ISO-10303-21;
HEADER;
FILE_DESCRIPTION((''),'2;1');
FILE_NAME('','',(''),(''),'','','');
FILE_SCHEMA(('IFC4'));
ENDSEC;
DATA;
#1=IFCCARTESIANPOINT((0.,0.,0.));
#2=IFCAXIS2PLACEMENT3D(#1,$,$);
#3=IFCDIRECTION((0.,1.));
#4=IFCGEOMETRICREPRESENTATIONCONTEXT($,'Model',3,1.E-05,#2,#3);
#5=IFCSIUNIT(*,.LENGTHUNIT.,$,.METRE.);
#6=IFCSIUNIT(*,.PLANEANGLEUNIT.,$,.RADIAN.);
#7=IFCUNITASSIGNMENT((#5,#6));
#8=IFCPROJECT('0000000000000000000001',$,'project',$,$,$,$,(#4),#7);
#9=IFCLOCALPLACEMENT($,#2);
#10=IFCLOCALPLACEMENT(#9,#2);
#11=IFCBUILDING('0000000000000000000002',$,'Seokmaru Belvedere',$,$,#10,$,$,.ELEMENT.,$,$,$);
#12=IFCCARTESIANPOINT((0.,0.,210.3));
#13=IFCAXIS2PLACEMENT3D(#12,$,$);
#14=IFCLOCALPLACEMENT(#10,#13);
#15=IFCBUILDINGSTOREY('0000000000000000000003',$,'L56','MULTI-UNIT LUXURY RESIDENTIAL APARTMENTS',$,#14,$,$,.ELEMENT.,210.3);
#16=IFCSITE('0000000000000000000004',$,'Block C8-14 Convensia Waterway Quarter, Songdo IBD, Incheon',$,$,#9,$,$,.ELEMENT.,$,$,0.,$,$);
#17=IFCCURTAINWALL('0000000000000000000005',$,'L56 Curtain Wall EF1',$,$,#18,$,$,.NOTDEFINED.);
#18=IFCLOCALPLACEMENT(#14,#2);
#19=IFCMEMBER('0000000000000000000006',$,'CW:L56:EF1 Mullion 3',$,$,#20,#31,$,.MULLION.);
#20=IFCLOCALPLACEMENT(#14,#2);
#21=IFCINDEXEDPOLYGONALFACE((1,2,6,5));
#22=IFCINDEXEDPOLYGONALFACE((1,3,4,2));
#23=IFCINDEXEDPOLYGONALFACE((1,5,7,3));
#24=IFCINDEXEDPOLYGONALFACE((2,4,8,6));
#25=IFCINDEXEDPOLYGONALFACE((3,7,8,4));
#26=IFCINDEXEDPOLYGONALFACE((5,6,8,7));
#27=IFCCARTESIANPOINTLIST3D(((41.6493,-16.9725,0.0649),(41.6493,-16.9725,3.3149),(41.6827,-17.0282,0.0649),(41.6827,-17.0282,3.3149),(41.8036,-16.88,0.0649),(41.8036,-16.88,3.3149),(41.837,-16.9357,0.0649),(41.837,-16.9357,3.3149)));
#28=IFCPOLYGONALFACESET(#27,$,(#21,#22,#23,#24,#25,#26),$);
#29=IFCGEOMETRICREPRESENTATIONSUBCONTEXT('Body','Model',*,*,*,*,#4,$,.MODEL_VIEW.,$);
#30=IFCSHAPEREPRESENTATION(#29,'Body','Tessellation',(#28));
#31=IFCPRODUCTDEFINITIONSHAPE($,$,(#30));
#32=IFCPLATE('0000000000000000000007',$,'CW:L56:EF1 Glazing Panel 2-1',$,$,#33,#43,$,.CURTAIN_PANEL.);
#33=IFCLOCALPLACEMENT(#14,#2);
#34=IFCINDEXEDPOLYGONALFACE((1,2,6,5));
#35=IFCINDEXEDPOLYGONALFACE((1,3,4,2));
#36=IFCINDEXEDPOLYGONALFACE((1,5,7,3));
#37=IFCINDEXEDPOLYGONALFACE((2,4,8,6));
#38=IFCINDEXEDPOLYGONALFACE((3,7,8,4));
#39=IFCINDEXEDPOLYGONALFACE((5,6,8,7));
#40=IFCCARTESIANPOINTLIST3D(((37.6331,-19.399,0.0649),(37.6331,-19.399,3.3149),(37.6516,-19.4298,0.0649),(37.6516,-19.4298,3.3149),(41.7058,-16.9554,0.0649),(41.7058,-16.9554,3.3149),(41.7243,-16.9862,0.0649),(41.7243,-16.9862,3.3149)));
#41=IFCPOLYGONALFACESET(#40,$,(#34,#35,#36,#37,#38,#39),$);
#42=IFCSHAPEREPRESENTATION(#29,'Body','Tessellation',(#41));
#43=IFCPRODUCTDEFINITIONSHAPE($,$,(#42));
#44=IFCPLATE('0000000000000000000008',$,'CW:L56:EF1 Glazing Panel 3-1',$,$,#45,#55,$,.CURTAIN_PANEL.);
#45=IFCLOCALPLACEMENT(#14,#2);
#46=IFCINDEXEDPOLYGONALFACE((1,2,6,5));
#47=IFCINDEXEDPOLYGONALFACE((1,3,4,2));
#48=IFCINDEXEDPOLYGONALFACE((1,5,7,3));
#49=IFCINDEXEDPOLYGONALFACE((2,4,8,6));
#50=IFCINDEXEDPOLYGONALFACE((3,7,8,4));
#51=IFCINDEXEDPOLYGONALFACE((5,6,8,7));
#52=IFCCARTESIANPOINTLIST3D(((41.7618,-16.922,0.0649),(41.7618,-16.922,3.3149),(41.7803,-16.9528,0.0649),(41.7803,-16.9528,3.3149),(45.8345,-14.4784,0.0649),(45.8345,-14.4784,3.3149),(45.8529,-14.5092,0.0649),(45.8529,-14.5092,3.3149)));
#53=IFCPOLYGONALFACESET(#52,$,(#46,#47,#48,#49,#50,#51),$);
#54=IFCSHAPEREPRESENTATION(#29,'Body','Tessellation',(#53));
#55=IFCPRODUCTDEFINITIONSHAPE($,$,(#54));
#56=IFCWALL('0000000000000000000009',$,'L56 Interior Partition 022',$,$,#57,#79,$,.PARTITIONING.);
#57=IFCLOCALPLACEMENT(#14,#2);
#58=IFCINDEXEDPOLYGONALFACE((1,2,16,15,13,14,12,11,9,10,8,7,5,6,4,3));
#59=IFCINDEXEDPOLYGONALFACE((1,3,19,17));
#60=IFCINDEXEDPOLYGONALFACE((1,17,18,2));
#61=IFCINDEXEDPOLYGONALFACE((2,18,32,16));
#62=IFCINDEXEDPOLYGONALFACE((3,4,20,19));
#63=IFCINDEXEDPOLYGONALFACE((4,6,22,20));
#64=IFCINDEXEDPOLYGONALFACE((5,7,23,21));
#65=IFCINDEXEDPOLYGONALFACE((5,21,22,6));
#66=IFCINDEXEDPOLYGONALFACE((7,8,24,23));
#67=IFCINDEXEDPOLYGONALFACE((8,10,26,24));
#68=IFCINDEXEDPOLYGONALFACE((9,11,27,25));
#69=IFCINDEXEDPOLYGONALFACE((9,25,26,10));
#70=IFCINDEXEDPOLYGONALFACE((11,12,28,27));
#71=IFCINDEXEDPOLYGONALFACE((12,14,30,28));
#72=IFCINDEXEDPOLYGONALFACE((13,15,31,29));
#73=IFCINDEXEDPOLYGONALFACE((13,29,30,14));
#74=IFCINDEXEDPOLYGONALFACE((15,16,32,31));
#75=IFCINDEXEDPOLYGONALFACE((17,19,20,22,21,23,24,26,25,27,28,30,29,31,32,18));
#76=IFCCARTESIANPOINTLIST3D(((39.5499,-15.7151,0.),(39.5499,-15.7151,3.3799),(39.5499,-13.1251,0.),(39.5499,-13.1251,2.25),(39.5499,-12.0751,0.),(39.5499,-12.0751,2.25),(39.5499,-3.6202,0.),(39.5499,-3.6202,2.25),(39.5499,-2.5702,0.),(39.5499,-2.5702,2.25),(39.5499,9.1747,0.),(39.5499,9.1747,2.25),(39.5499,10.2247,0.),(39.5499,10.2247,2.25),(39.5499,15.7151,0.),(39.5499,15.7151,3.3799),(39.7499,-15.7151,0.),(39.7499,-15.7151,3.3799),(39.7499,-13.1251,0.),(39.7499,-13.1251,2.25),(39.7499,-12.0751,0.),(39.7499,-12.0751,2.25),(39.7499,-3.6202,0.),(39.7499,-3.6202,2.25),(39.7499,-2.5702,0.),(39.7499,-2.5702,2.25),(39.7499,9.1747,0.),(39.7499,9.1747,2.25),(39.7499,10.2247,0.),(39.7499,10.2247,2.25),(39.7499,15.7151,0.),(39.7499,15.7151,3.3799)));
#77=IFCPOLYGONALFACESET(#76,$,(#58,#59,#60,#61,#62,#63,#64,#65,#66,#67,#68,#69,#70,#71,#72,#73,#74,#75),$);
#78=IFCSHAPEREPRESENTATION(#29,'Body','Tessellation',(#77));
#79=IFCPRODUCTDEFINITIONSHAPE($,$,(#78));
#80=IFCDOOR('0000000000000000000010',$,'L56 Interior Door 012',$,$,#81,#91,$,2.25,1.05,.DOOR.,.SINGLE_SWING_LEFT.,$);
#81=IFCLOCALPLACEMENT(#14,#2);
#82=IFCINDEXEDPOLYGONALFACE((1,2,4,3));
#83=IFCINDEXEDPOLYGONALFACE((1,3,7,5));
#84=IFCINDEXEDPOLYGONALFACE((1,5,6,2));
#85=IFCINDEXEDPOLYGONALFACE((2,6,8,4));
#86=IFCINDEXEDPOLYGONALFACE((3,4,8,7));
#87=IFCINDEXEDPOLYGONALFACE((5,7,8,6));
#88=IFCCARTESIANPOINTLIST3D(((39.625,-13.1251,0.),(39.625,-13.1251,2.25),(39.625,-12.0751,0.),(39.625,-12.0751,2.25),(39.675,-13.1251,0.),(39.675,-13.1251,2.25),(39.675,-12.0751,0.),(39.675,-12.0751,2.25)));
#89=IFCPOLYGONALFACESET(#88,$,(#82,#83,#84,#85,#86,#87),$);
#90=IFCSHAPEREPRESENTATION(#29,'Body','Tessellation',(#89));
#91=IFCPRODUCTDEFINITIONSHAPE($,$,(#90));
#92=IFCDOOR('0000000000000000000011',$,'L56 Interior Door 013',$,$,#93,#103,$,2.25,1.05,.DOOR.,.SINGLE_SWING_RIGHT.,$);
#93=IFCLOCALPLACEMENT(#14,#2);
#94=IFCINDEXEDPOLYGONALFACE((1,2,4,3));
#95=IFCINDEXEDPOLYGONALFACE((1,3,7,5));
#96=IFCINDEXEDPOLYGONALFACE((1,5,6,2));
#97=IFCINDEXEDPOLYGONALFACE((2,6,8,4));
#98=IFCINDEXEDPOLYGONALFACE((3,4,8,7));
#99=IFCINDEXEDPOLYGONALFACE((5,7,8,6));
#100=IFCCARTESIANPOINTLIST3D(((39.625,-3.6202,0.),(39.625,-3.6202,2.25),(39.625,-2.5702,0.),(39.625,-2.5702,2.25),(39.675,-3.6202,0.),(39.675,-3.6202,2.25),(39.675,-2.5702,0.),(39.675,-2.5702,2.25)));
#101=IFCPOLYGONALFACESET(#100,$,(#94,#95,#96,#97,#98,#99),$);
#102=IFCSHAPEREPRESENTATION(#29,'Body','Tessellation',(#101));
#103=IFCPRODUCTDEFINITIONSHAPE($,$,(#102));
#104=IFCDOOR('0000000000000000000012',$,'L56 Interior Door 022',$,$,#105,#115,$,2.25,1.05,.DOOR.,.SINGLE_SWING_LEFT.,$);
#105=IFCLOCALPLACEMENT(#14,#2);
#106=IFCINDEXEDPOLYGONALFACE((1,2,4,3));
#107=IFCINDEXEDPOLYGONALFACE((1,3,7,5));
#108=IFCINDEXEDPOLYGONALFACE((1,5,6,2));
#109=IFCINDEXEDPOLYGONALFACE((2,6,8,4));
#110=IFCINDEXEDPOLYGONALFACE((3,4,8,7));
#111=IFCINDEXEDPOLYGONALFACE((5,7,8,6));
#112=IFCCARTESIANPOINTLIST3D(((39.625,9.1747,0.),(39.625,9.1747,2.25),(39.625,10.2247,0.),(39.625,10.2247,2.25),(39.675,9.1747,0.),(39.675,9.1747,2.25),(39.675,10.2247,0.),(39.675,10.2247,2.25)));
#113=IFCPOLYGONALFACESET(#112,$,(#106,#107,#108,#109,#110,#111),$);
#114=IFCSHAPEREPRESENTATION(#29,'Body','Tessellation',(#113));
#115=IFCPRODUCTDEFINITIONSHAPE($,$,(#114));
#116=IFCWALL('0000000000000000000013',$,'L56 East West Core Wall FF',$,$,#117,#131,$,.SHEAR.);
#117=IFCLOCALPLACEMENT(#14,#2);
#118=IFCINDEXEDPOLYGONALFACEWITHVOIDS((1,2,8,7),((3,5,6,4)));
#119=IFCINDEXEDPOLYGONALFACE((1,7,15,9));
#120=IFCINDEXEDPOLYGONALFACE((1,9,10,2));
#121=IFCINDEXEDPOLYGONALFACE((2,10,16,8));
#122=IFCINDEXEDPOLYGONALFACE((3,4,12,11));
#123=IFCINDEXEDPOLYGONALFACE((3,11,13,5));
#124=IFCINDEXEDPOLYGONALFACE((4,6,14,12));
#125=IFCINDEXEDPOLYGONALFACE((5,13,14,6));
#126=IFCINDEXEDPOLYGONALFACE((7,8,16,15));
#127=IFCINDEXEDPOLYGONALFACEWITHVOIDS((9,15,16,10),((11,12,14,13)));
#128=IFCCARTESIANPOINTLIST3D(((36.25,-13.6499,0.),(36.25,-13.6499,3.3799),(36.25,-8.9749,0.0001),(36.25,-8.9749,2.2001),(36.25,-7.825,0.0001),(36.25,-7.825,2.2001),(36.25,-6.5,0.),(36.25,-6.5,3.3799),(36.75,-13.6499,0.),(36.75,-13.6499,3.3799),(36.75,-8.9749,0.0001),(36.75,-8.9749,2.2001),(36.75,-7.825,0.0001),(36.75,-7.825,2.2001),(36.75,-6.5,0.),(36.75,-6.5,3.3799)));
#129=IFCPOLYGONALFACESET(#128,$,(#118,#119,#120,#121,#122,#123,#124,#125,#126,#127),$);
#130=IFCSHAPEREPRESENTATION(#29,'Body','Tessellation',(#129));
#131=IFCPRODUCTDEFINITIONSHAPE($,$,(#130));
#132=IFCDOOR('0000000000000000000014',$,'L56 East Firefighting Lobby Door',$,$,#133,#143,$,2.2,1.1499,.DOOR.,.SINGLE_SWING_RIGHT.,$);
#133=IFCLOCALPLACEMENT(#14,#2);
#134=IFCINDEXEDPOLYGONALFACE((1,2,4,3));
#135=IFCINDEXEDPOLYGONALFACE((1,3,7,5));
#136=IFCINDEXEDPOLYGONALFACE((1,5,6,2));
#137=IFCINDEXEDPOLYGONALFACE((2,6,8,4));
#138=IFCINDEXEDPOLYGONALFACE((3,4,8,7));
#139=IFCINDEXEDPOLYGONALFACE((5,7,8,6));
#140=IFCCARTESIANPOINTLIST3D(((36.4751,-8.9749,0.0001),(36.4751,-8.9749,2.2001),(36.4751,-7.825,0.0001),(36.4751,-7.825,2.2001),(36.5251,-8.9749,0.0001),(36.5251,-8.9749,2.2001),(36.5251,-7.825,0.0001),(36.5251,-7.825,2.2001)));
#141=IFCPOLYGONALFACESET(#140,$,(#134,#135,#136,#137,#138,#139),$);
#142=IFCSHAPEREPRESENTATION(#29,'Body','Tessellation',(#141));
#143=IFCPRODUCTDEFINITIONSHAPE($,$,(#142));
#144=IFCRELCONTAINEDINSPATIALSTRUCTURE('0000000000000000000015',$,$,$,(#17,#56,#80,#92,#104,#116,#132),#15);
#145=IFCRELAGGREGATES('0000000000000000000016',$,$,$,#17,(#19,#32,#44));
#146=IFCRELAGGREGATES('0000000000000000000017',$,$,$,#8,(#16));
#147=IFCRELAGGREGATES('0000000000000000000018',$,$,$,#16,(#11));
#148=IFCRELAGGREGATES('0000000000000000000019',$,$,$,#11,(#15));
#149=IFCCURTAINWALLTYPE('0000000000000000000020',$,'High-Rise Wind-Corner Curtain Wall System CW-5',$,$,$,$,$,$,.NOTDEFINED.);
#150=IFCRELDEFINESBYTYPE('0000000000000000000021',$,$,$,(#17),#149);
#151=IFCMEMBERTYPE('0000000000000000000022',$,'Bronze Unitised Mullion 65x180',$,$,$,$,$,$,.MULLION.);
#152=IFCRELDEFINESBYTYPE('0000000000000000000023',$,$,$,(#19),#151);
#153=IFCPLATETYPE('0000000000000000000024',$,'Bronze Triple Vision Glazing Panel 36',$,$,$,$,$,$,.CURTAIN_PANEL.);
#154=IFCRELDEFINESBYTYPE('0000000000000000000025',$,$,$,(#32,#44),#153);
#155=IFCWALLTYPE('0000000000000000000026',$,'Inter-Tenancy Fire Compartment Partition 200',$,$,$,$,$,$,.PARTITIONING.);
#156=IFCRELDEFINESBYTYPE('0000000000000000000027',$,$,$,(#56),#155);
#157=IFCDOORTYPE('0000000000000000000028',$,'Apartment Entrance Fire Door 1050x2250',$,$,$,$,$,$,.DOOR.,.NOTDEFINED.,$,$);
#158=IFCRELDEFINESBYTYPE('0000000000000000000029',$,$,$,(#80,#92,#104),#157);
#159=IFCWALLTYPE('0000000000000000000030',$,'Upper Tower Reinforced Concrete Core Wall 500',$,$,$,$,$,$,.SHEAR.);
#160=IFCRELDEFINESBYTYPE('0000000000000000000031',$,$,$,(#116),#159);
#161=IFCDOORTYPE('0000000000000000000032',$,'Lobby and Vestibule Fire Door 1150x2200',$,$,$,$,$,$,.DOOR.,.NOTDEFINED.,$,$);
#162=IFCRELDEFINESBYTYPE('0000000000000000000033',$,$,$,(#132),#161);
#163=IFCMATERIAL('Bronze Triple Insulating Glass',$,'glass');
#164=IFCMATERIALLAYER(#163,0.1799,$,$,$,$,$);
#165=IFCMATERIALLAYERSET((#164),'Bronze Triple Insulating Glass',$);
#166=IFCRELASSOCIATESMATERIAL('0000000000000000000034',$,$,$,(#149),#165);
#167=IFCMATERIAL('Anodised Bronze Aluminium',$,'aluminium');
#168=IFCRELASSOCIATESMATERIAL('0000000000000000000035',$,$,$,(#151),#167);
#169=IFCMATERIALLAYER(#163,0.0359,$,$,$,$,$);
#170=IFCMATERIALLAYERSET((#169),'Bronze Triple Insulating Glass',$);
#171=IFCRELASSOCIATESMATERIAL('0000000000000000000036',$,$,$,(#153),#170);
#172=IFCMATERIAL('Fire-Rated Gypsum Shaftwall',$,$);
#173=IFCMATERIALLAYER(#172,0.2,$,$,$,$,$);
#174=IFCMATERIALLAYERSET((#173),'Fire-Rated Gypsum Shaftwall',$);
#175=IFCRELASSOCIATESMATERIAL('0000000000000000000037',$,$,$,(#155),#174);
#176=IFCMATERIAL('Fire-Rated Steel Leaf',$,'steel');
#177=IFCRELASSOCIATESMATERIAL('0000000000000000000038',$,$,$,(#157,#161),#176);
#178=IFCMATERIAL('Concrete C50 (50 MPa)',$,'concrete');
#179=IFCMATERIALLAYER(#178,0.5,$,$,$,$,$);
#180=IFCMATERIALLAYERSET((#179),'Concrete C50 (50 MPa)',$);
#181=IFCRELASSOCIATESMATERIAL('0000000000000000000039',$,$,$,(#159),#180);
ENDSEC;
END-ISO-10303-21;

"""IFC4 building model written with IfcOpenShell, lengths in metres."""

from ifc_helpers import new_model, si_unit, direction, frame, frame_2d, origin, origin_2d, place, context, subcontext, project, spatial, rectangle, extrude, source, transform, mapped, material, layer, layer_set, material_profile, profile_set, type_object, type_shapes, element, fill, aggregate, save


model = new_model("IFC4")

# Units and contexts
model_context = context("Model", 3, precision=1e-05, world=origin(), true_north=direction((0.0, 1.0)))
body_context = subcontext(model_context, "Body", "Model", "MODEL_VIEW")
ifc_project = project(units=[si_unit("LENGTHUNIT", "METRE"), si_unit("PLANEANGLEUNIT", "RADIAN")], contexts=[model_context])

# Site, building, storey
site_placement = place(None, origin())
site = spatial("IfcSite", under=ifc_project, at=site_placement, Name="Block C8-14 Convensia Waterway Quarter, Songdo IBD, Incheon", CompositionType="ELEMENT", RefElevation=0.0)
building_placement = place(site_placement, origin())
building = spatial("IfcBuilding", under=site, at=building_placement, Name="Seokmaru Belvedere", CompositionType="ELEMENT")
storey_placement = place(building_placement, frame((0.0, 0.0, 210.3)))
storey = spatial("IfcBuildingStorey", under=building, at=storey_placement, Name="L56", Description="MULTI-UNIT LUXURY RESIDENTIAL APARTMENTS", CompositionType="ELEMENT", Elevation=210.3)

# Curtain wall, member, plates
ifc_material_1 = material(Name="Bronze Triple Insulating Glass", Category="glass")
ifc_layer_1 = layer(ifc_material_1, 0.1799)
ifc_layer_set_1 = layer_set([ifc_layer_1], Name="Bronze Triple Insulating Glass")
curtain_wall_type = type_object("IfcCurtainWallType", Name="High-Rise Wind-Corner Curtain Wall System CW-5", PredefinedType="NOTDEFINED", material=ifc_layer_set_1)
curtain_wall_placement = place(storey_placement, origin())
curtain_wall = element("IfcCurtainWall", 1, at=curtain_wall_placement, inside=storey, type_object=curtain_wall_type, Name="L56 Curtain Wall EF1", PredefinedType="NOTDEFINED")
ifc_material_2 = material(Name="Anodised Bronze Aluminium", Category="aluminium")
ifc_material_profile_1 = material_profile(ifc_material_2, rectangle(XDim=0.0649, YDim=0.1799, at=origin_2d()), Name="CW-M-65x180")
ifc_profile_set_1 = profile_set([ifc_material_profile_1], Name="Anodised Bronze Aluminium")
member_type = type_object("IfcMemberType", Name="Bronze Unitised Mullion 65x180", PredefinedType="MULLION", material=ifc_profile_set_1)
shared_shape_1 = source(origin(), body_context, "Body", "SweptSolid", [
    extrude(rectangle(XDim=0.0649, YDim=0.1799, at=origin_2d()), origin(), (0.0, 0.0, 1.0), 3.25),
])
type_shapes(member_type, [shared_shape_1])
member_1_placement = place(storey_placement, frame((41.7432, -16.9541, 0.0649), z_axis=(0.0, 0.0, 1.0), x_axis=(-0.514495, 0.857493, 0.0)))
member_1 = element("IfcMember", 2, at=member_1_placement, type_object=member_type, Name="CW:L56:EF1 Mullion 3", PredefinedType="MULLION", context=body_context, shape_type="MappedRepresentation", body=[
    mapped(shared_shape_1, transform((0.0, 0.0, 0.0), scale=1.0)),
])
ifc_layer_2 = layer(ifc_material_1, 0.0359)
ifc_layer_set_2 = layer_set([ifc_layer_2], Name="Bronze Triple Insulating Glass")
plate_type = type_object("IfcPlateType", Name="Bronze Triple Vision Glazing Panel 36", PredefinedType="CURTAIN_PANEL", material=ifc_layer_set_2)
shared_shape_2 = source(origin(), body_context, "Body", "SweptSolid", [
    extrude(rectangle(XDim=4.7495, YDim=0.0359, at=origin_2d()), origin(), (0.0, 0.0, 1.0), 3.25),
])
type_shapes(plate_type, [shared_shape_2])
plate_1_placement = place(storey_placement, frame((39.6787, -18.1926, 0.0649), z_axis=(0.0, 0.0, 1.0), x_axis=(0.857493, 0.514495, 0.0)))
plate_1 = element("IfcPlate", 3, at=plate_1_placement, type_object=plate_type, Name="CW:L56:EF1 Glazing Panel 2-1", PredefinedType="CURTAIN_PANEL", context=body_context, shape_type="MappedRepresentation", body=[
    mapped(shared_shape_2, transform((0.0, 0.0, 0.0), scale=1.0)),
])
plate_2_placement = place(storey_placement, frame((43.8074, -15.7156, 0.0649), z_axis=(0.0, 0.0, 1.0), x_axis=(0.857493, 0.514495, 0.0)))
plate_2 = element("IfcPlate", 4, at=plate_2_placement, type_object=plate_type, Name="CW:L56:EF1 Glazing Panel 3-1", PredefinedType="CURTAIN_PANEL", context=body_context, shape_type="MappedRepresentation", body=[
    mapped(shared_shape_2, transform((0.0, 0.0, 0.0), scale=1.0)),
])
aggregate(curtain_wall, [member_1, plate_1, plate_2])

# Wall, openings, doors
ifc_material_3 = material(Name="Fire-Rated Gypsum Shaftwall")
ifc_layer_3 = layer(ifc_material_3, 0.2)
ifc_layer_set_3 = layer_set([ifc_layer_3], Name="Fire-Rated Gypsum Shaftwall")
wall_type_1 = type_object("IfcWallType", Name="Inter-Tenancy Fire Compartment Partition 200", PredefinedType="PARTITIONING", material=ifc_layer_set_3)
wall_1_placement = place(storey_placement, frame((39.6499, -15.7151, 0.0), z_axis=(0.0, 0.0, 1.0), x_axis=(0.0, 1.0, 0.0)))
wall_1 = element("IfcWall", 5, at=wall_1_placement, inside=storey, type_object=wall_type_1, Name="L56 Interior Partition 022", PredefinedType="PARTITIONING", context=body_context, shape_type="SweptSolid", body=[
    extrude(rectangle(XDim=31.4302, YDim=0.2, at=frame_2d((15.7151, 0.0))), origin(), (0.0, 0.0, 1.0), 3.3799),
])
opening_1_placement = place(wall_1_placement, frame((2.5901, 0.0, 0.0)))
opening_1 = element("IfcOpeningElement", 6, at=opening_1_placement, cuts=wall_1, PredefinedType="OPENING", context=body_context, shape_type="SweptSolid", body=[
    extrude(rectangle(XDim=1.05, YDim=2.25, at=frame_2d((0.5249, 1.125))), frame((0.0, 0.1099, 0.0), z_axis=(0.0, -1.0, 0.0), x_axis=(1.0, 0.0, 0.0)), (0.0, 0.0, 1.0), 0.22),
])
opening_2_placement = place(wall_1_placement, frame((12.095, 0.0, 0.0)))
opening_2 = element("IfcOpeningElement", 7, at=opening_2_placement, cuts=wall_1, PredefinedType="OPENING", context=body_context, shape_type="SweptSolid", body=[
    extrude(rectangle(XDim=1.05, YDim=2.25, at=frame_2d((0.5249, 1.125))), frame((0.0, 0.1099, 0.0), z_axis=(0.0, -1.0, 0.0), x_axis=(1.0, 0.0, 0.0)), (0.0, 0.0, 1.0), 0.22),
])
opening_3_placement = place(wall_1_placement, frame((24.8899, 0.0, 0.0)))
opening_3 = element("IfcOpeningElement", 8, at=opening_3_placement, cuts=wall_1, PredefinedType="OPENING", context=body_context, shape_type="SweptSolid", body=[
    extrude(rectangle(XDim=1.05, YDim=2.25, at=frame_2d((0.5249, 1.125))), frame((0.0, 0.1099, 0.0), z_axis=(0.0, -1.0, 0.0), x_axis=(1.0, 0.0, 0.0)), (0.0, 0.0, 1.0), 0.22),
])
ifc_material_4 = material(Name="Fire-Rated Steel Leaf", Category="steel")
door_type_1 = type_object("IfcDoorType", Name="Apartment Entrance Fire Door 1050x2250", OperationType="NOTDEFINED", PredefinedType="DOOR", material=ifc_material_4)
shared_shape_3 = source(origin(), body_context, "Body", "SweptSolid", [
    extrude(rectangle(XDim=1.05, YDim=2.25, at=frame_2d((0.5249, 1.125))), frame((0.0, 0.0249, 0.0), z_axis=(0.0, -1.0, 0.0), x_axis=(1.0, 0.0, 0.0)), (0.0, 0.0, 1.0), 0.05),
])
type_shapes(door_type_1, [shared_shape_3])
door_1_placement = place(opening_1_placement, origin())
door_1 = element("IfcDoor", 9, at=door_1_placement, inside=storey, type_object=door_type_1, Name="L56 Interior Door 012", OperationType="SINGLE_SWING_LEFT", OverallHeight=2.25, OverallWidth=1.05, PredefinedType="DOOR", context=body_context, shape_type="MappedRepresentation", body=[
    mapped(shared_shape_3, transform((0.0, 0.0, 0.0), scale=1.0)),
])
fill(opening_1, door_1)
door_2_placement = place(opening_2_placement, origin())
door_2 = element("IfcDoor", 10, at=door_2_placement, inside=storey, type_object=door_type_1, Name="L56 Interior Door 013", OperationType="SINGLE_SWING_RIGHT", OverallHeight=2.25, OverallWidth=1.05, PredefinedType="DOOR", context=body_context, shape_type="MappedRepresentation", body=[
    mapped(shared_shape_3, transform((0.0, 0.0, 0.0), scale=1.0)),
])
fill(opening_2, door_2)
door_3_placement = place(opening_3_placement, origin())
door_3 = element("IfcDoor", 11, at=door_3_placement, inside=storey, type_object=door_type_1, Name="L56 Interior Door 022", OperationType="SINGLE_SWING_LEFT", OverallHeight=2.25, OverallWidth=1.05, PredefinedType="DOOR", context=body_context, shape_type="MappedRepresentation", body=[
    mapped(shared_shape_3, transform((0.0, 0.0, 0.0), scale=1.0)),
])
fill(opening_3, door_3)

# Wall, opening, door
ifc_material_5 = material(Name="Concrete C50 (50 MPa)", Category="concrete")
ifc_layer_4 = layer(ifc_material_5, 0.5)
ifc_layer_set_4 = layer_set([ifc_layer_4], Name="Concrete C50 (50 MPa)")
wall_type_2 = type_object("IfcWallType", Name="Upper Tower Reinforced Concrete Core Wall 500", PredefinedType="SHEAR", material=ifc_layer_set_4)
wall_2_placement = place(storey_placement, frame((36.5, -13.6499, 0.0), z_axis=(0.0, 0.0, 1.0), x_axis=(0.0, 1.0, 0.0)))
wall_2 = element("IfcWall", 12, at=wall_2_placement, inside=storey, type_object=wall_type_2, Name="L56 East West Core Wall FF", PredefinedType="SHEAR", context=body_context, shape_type="SweptSolid", body=[
    extrude(rectangle(XDim=7.1499, YDim=0.5, at=frame_2d((3.575, 0.0))), origin(), (0.0, 0.0, 1.0), 3.3799),
])
opening_4_placement = place(wall_2_placement, frame((4.675, 0.0, 0.0)))
opening_4 = element("IfcOpeningElement", 13, at=opening_4_placement, cuts=wall_2, PredefinedType="OPENING", context=body_context, shape_type="SweptSolid", body=[
    extrude(rectangle(XDim=1.1499, YDim=2.2, at=frame_2d((0.575, 1.1001))), frame((0.0, 0.26, 0.0), z_axis=(0.0, -1.0, 0.0), x_axis=(1.0, 0.0, 0.0)), (0.0, 0.0, 1.0), 0.52),
])
door_type_2 = type_object("IfcDoorType", Name="Lobby and Vestibule Fire Door 1150x2200", OperationType="NOTDEFINED", PredefinedType="DOOR", material=ifc_material_4)
shared_shape_4 = source(origin(), body_context, "Body", "SweptSolid", [
    extrude(rectangle(XDim=1.1499, YDim=2.2, at=frame_2d((0.575, 1.1001))), frame((0.0, 0.0249, 0.0), z_axis=(0.0, -1.0, 0.0), x_axis=(1.0, 0.0, 0.0)), (0.0, 0.0, 1.0), 0.05),
])
type_shapes(door_type_2, [shared_shape_4])
door_4_placement = place(opening_4_placement, origin())
door_4 = element("IfcDoor", 14, at=door_4_placement, inside=storey, type_object=door_type_2, Name="L56 East Firefighting Lobby Door", OperationType="SINGLE_SWING_RIGHT", OverallHeight=2.2, OverallWidth=1.1499, PredefinedType="DOOR", context=body_context, shape_type="MappedRepresentation", body=[
    mapped(shared_shape_4, transform((0.0, 0.0, 0.0), scale=1.0)),
])
fill(opening_4, door_4)

save(model, "model.ifc")
